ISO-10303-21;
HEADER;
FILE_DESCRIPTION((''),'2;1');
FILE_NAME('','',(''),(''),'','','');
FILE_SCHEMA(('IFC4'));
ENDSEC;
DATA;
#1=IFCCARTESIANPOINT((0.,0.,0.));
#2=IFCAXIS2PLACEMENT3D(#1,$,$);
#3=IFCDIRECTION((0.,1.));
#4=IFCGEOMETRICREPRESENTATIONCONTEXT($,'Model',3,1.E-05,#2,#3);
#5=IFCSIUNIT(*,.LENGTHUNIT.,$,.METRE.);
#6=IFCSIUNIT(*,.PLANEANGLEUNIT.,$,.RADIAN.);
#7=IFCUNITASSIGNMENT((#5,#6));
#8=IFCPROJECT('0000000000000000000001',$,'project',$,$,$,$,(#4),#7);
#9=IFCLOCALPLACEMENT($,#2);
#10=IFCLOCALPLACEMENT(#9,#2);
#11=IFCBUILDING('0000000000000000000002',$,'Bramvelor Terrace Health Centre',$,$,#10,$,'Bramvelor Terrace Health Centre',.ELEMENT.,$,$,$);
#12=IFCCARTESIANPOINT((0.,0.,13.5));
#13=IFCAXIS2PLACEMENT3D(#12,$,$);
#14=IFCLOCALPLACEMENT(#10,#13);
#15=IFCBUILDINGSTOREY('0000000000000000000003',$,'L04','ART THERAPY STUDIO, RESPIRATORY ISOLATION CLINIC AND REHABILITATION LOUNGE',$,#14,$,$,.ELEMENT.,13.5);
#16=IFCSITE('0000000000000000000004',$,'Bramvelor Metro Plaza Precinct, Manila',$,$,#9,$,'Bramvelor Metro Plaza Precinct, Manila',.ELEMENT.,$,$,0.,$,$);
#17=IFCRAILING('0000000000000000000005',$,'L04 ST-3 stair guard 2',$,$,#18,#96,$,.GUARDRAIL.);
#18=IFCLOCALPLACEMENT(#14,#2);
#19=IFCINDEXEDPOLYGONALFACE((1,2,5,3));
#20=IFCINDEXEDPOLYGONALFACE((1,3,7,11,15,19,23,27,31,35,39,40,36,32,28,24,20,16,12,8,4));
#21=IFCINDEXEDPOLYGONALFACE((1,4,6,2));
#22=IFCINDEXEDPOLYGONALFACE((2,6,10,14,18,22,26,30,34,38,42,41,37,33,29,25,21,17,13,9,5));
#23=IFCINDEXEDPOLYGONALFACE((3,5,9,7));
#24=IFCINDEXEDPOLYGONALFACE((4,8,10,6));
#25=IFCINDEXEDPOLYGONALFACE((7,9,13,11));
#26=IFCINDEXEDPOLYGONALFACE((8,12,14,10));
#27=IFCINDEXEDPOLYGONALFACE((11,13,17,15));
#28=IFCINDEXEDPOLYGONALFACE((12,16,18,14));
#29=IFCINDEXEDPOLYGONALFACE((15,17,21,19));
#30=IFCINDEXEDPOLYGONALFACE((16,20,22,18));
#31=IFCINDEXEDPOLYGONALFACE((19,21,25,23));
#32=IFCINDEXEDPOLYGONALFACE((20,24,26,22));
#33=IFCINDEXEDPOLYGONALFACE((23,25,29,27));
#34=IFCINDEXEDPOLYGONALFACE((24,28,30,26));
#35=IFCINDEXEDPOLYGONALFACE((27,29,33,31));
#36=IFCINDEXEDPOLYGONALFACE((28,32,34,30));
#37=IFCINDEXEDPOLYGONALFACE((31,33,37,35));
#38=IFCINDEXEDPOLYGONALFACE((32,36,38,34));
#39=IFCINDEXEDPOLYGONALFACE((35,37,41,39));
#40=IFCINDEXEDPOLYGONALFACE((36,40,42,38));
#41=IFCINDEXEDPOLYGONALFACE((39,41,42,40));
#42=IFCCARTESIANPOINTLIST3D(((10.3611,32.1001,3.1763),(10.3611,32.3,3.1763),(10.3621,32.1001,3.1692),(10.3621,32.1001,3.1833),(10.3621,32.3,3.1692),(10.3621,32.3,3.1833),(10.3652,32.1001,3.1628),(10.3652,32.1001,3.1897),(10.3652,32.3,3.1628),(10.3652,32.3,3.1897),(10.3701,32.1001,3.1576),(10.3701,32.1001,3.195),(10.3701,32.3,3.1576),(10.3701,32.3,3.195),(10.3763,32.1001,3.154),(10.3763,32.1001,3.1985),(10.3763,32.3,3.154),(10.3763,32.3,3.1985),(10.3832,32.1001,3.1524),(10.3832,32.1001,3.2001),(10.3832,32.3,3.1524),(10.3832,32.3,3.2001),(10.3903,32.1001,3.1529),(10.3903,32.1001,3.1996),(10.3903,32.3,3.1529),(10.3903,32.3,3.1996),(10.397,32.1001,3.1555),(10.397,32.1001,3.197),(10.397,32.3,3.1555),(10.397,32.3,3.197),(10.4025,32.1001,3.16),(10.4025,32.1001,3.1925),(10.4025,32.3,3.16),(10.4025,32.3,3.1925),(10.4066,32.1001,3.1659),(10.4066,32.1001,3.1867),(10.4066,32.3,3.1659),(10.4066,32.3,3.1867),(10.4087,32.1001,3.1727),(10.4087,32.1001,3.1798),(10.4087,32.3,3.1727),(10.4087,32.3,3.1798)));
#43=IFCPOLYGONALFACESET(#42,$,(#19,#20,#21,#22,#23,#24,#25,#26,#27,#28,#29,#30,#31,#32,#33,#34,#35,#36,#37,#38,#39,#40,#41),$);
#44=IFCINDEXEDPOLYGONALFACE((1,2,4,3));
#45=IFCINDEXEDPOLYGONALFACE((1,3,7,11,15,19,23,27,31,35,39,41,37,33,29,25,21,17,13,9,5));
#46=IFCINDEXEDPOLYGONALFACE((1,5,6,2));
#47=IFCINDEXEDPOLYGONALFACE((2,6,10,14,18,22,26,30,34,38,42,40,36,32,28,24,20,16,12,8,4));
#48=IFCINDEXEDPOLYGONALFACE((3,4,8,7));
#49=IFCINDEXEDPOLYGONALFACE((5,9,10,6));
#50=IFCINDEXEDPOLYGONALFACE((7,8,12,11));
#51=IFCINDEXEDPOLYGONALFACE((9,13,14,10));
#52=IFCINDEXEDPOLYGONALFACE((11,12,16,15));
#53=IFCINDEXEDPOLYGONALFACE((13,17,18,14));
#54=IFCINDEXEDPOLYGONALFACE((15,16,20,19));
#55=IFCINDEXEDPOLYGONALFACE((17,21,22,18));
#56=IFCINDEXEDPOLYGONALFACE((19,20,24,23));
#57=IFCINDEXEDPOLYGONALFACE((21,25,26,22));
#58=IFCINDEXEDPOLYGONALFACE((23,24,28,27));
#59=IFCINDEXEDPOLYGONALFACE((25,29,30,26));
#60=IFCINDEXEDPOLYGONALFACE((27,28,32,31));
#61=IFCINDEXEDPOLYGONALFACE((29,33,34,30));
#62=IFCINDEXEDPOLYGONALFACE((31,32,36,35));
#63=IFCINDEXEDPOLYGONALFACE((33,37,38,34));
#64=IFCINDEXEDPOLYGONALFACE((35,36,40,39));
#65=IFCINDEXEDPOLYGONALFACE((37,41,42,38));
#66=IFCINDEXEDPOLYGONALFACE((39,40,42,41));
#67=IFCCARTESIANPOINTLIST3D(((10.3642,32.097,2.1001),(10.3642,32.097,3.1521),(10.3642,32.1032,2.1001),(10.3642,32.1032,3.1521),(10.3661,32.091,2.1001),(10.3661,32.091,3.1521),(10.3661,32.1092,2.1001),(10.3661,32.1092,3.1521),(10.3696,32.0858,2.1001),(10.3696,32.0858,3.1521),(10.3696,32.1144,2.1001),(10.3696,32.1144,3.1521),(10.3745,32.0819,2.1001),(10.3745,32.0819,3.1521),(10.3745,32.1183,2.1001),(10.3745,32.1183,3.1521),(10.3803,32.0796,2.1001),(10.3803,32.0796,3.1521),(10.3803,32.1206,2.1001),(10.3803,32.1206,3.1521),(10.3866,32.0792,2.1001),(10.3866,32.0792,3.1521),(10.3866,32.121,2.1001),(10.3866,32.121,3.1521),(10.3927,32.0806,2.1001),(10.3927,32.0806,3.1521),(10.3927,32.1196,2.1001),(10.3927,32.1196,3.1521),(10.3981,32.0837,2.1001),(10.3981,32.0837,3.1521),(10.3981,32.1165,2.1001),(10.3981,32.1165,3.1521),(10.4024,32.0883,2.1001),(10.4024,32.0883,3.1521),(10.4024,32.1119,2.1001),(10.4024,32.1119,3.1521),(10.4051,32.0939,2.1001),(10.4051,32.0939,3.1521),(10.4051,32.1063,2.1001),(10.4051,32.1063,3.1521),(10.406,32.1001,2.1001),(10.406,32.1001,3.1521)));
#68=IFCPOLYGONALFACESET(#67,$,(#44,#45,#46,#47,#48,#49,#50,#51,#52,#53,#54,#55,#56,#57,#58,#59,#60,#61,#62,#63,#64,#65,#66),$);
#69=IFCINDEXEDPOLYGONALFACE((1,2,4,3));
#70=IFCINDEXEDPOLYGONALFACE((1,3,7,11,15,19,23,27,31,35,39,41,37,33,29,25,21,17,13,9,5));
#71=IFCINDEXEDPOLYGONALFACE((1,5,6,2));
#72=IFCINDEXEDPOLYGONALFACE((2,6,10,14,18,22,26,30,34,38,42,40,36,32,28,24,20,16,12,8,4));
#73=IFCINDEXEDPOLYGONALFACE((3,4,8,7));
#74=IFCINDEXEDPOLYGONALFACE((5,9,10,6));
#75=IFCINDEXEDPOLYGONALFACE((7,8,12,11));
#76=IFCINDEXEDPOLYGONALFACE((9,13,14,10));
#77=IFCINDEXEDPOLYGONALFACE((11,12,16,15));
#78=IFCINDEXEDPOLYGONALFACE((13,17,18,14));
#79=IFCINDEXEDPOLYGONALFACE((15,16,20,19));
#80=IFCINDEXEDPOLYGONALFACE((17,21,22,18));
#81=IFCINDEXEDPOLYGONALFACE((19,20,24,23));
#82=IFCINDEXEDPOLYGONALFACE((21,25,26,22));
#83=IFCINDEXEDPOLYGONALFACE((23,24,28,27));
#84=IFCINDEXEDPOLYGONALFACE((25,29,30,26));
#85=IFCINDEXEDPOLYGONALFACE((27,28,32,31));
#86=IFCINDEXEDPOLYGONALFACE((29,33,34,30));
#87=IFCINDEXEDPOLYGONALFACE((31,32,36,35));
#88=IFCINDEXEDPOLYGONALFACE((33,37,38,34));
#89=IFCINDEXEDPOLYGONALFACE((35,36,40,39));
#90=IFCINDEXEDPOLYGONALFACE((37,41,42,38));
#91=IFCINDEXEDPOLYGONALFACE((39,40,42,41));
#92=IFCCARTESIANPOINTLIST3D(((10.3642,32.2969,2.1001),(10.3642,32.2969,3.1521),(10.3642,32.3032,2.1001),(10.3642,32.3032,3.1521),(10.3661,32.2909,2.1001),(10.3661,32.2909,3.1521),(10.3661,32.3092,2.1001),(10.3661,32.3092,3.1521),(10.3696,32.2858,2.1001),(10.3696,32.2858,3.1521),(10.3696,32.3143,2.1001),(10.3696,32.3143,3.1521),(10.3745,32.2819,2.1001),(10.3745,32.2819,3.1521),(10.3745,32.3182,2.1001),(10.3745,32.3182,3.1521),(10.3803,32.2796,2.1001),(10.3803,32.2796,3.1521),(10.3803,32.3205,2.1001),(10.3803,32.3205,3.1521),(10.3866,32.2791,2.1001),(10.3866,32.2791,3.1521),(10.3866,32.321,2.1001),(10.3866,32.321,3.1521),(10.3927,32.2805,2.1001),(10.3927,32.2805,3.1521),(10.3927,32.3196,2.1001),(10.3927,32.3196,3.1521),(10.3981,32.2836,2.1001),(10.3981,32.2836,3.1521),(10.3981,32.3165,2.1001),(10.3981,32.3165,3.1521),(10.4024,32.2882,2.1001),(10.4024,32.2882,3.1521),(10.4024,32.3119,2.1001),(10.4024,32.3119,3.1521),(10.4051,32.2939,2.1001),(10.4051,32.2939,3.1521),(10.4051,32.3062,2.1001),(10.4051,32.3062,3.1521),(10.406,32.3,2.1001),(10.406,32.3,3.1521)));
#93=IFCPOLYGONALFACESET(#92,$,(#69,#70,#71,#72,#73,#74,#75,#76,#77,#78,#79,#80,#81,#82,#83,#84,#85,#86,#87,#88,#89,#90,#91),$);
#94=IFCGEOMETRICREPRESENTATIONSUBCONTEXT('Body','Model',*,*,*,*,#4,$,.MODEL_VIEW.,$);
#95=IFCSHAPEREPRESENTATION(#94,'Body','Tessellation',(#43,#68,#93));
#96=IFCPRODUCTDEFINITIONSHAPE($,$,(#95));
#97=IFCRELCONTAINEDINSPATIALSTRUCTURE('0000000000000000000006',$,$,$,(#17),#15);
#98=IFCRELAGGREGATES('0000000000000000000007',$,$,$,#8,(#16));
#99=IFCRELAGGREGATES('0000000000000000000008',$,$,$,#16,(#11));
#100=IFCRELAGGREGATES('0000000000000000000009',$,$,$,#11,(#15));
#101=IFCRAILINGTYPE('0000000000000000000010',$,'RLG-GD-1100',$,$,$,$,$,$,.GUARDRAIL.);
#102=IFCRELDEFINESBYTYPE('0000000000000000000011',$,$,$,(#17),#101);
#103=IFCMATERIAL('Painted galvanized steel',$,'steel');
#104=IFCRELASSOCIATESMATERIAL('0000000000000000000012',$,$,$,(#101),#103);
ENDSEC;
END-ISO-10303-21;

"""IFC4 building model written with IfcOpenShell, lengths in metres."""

from ifc_helpers import new_model, si_unit, direction, frame, origin, origin_2d, place, context, subcontext, project, spatial, circle, extrude, material, type_object, element, save


model = new_model("IFC4")

# Units and contexts
model_context = context("Model", 3, precision=1e-05, world=origin(), true_north=direction((0.0, 1.0)))
body_context = subcontext(model_context, "Body", "Model", "MODEL_VIEW")
ifc_project = project(units=[si_unit("LENGTHUNIT", "METRE"), si_unit("PLANEANGLEUNIT", "RADIAN")], contexts=[model_context])

# Site, building, storey
site_placement = place(None, origin())
site = spatial("IfcSite", under=ifc_project, at=site_placement, Name="Bramvelor Metro Plaza Precinct, Manila", LongName="Bramvelor Metro Plaza Precinct, Manila", CompositionType="ELEMENT", RefElevation=0.0)
building_placement = place(site_placement, origin())
building = spatial("IfcBuilding", under=site, at=building_placement, Name="Bramvelor Terrace Health Centre", LongName="Bramvelor Terrace Health Centre", CompositionType="ELEMENT")
storey_placement = place(building_placement, frame((0.0, 0.0, 13.5)))
storey = spatial("IfcBuildingStorey", under=building, at=storey_placement, Name="L04", Description="ART THERAPY STUDIO, RESPIRATORY ISOLATION CLINIC AND REHABILITATION LOUNGE", CompositionType="ELEMENT", Elevation=13.5)

# Railing
ifc_material_1 = material(Name="Painted galvanized steel", Category="steel")
railing_type_1 = type_object("IfcRailingType", Name="RLG-GD-1100", PredefinedType="GUARDRAIL", material=ifc_material_1)
railing_1_placement = place(storey_placement, frame((10.385, 32.1001, 2.1001)))
element("IfcRailing", 1, at=railing_1_placement, inside=storey, type_object=railing_type_1, Name="L04 ST-3 stair guard 2", PredefinedType="GUARDRAIL", context=body_context, shape_type="SweptSolid", body=[
    extrude(circle(Radius=0.0239, at=origin_2d()), frame((0.0, 0.0, 1.0762), z_axis=(0.0, 1.0, 0.0), x_axis=(-1.0, 0.0, 0.0)), (0.0, 0.0, 1.0), 0.2),
    extrude(circle(Radius=0.021, at=origin_2d()), origin(), (0.0, 0.0, 1.0), 1.052),
    extrude(circle(Radius=0.021, at=origin_2d()), frame((0.0, 0.2, 0.0)), (0.0, 0.0, 1.0), 1.052),
])

save(model, "model.ifc")
